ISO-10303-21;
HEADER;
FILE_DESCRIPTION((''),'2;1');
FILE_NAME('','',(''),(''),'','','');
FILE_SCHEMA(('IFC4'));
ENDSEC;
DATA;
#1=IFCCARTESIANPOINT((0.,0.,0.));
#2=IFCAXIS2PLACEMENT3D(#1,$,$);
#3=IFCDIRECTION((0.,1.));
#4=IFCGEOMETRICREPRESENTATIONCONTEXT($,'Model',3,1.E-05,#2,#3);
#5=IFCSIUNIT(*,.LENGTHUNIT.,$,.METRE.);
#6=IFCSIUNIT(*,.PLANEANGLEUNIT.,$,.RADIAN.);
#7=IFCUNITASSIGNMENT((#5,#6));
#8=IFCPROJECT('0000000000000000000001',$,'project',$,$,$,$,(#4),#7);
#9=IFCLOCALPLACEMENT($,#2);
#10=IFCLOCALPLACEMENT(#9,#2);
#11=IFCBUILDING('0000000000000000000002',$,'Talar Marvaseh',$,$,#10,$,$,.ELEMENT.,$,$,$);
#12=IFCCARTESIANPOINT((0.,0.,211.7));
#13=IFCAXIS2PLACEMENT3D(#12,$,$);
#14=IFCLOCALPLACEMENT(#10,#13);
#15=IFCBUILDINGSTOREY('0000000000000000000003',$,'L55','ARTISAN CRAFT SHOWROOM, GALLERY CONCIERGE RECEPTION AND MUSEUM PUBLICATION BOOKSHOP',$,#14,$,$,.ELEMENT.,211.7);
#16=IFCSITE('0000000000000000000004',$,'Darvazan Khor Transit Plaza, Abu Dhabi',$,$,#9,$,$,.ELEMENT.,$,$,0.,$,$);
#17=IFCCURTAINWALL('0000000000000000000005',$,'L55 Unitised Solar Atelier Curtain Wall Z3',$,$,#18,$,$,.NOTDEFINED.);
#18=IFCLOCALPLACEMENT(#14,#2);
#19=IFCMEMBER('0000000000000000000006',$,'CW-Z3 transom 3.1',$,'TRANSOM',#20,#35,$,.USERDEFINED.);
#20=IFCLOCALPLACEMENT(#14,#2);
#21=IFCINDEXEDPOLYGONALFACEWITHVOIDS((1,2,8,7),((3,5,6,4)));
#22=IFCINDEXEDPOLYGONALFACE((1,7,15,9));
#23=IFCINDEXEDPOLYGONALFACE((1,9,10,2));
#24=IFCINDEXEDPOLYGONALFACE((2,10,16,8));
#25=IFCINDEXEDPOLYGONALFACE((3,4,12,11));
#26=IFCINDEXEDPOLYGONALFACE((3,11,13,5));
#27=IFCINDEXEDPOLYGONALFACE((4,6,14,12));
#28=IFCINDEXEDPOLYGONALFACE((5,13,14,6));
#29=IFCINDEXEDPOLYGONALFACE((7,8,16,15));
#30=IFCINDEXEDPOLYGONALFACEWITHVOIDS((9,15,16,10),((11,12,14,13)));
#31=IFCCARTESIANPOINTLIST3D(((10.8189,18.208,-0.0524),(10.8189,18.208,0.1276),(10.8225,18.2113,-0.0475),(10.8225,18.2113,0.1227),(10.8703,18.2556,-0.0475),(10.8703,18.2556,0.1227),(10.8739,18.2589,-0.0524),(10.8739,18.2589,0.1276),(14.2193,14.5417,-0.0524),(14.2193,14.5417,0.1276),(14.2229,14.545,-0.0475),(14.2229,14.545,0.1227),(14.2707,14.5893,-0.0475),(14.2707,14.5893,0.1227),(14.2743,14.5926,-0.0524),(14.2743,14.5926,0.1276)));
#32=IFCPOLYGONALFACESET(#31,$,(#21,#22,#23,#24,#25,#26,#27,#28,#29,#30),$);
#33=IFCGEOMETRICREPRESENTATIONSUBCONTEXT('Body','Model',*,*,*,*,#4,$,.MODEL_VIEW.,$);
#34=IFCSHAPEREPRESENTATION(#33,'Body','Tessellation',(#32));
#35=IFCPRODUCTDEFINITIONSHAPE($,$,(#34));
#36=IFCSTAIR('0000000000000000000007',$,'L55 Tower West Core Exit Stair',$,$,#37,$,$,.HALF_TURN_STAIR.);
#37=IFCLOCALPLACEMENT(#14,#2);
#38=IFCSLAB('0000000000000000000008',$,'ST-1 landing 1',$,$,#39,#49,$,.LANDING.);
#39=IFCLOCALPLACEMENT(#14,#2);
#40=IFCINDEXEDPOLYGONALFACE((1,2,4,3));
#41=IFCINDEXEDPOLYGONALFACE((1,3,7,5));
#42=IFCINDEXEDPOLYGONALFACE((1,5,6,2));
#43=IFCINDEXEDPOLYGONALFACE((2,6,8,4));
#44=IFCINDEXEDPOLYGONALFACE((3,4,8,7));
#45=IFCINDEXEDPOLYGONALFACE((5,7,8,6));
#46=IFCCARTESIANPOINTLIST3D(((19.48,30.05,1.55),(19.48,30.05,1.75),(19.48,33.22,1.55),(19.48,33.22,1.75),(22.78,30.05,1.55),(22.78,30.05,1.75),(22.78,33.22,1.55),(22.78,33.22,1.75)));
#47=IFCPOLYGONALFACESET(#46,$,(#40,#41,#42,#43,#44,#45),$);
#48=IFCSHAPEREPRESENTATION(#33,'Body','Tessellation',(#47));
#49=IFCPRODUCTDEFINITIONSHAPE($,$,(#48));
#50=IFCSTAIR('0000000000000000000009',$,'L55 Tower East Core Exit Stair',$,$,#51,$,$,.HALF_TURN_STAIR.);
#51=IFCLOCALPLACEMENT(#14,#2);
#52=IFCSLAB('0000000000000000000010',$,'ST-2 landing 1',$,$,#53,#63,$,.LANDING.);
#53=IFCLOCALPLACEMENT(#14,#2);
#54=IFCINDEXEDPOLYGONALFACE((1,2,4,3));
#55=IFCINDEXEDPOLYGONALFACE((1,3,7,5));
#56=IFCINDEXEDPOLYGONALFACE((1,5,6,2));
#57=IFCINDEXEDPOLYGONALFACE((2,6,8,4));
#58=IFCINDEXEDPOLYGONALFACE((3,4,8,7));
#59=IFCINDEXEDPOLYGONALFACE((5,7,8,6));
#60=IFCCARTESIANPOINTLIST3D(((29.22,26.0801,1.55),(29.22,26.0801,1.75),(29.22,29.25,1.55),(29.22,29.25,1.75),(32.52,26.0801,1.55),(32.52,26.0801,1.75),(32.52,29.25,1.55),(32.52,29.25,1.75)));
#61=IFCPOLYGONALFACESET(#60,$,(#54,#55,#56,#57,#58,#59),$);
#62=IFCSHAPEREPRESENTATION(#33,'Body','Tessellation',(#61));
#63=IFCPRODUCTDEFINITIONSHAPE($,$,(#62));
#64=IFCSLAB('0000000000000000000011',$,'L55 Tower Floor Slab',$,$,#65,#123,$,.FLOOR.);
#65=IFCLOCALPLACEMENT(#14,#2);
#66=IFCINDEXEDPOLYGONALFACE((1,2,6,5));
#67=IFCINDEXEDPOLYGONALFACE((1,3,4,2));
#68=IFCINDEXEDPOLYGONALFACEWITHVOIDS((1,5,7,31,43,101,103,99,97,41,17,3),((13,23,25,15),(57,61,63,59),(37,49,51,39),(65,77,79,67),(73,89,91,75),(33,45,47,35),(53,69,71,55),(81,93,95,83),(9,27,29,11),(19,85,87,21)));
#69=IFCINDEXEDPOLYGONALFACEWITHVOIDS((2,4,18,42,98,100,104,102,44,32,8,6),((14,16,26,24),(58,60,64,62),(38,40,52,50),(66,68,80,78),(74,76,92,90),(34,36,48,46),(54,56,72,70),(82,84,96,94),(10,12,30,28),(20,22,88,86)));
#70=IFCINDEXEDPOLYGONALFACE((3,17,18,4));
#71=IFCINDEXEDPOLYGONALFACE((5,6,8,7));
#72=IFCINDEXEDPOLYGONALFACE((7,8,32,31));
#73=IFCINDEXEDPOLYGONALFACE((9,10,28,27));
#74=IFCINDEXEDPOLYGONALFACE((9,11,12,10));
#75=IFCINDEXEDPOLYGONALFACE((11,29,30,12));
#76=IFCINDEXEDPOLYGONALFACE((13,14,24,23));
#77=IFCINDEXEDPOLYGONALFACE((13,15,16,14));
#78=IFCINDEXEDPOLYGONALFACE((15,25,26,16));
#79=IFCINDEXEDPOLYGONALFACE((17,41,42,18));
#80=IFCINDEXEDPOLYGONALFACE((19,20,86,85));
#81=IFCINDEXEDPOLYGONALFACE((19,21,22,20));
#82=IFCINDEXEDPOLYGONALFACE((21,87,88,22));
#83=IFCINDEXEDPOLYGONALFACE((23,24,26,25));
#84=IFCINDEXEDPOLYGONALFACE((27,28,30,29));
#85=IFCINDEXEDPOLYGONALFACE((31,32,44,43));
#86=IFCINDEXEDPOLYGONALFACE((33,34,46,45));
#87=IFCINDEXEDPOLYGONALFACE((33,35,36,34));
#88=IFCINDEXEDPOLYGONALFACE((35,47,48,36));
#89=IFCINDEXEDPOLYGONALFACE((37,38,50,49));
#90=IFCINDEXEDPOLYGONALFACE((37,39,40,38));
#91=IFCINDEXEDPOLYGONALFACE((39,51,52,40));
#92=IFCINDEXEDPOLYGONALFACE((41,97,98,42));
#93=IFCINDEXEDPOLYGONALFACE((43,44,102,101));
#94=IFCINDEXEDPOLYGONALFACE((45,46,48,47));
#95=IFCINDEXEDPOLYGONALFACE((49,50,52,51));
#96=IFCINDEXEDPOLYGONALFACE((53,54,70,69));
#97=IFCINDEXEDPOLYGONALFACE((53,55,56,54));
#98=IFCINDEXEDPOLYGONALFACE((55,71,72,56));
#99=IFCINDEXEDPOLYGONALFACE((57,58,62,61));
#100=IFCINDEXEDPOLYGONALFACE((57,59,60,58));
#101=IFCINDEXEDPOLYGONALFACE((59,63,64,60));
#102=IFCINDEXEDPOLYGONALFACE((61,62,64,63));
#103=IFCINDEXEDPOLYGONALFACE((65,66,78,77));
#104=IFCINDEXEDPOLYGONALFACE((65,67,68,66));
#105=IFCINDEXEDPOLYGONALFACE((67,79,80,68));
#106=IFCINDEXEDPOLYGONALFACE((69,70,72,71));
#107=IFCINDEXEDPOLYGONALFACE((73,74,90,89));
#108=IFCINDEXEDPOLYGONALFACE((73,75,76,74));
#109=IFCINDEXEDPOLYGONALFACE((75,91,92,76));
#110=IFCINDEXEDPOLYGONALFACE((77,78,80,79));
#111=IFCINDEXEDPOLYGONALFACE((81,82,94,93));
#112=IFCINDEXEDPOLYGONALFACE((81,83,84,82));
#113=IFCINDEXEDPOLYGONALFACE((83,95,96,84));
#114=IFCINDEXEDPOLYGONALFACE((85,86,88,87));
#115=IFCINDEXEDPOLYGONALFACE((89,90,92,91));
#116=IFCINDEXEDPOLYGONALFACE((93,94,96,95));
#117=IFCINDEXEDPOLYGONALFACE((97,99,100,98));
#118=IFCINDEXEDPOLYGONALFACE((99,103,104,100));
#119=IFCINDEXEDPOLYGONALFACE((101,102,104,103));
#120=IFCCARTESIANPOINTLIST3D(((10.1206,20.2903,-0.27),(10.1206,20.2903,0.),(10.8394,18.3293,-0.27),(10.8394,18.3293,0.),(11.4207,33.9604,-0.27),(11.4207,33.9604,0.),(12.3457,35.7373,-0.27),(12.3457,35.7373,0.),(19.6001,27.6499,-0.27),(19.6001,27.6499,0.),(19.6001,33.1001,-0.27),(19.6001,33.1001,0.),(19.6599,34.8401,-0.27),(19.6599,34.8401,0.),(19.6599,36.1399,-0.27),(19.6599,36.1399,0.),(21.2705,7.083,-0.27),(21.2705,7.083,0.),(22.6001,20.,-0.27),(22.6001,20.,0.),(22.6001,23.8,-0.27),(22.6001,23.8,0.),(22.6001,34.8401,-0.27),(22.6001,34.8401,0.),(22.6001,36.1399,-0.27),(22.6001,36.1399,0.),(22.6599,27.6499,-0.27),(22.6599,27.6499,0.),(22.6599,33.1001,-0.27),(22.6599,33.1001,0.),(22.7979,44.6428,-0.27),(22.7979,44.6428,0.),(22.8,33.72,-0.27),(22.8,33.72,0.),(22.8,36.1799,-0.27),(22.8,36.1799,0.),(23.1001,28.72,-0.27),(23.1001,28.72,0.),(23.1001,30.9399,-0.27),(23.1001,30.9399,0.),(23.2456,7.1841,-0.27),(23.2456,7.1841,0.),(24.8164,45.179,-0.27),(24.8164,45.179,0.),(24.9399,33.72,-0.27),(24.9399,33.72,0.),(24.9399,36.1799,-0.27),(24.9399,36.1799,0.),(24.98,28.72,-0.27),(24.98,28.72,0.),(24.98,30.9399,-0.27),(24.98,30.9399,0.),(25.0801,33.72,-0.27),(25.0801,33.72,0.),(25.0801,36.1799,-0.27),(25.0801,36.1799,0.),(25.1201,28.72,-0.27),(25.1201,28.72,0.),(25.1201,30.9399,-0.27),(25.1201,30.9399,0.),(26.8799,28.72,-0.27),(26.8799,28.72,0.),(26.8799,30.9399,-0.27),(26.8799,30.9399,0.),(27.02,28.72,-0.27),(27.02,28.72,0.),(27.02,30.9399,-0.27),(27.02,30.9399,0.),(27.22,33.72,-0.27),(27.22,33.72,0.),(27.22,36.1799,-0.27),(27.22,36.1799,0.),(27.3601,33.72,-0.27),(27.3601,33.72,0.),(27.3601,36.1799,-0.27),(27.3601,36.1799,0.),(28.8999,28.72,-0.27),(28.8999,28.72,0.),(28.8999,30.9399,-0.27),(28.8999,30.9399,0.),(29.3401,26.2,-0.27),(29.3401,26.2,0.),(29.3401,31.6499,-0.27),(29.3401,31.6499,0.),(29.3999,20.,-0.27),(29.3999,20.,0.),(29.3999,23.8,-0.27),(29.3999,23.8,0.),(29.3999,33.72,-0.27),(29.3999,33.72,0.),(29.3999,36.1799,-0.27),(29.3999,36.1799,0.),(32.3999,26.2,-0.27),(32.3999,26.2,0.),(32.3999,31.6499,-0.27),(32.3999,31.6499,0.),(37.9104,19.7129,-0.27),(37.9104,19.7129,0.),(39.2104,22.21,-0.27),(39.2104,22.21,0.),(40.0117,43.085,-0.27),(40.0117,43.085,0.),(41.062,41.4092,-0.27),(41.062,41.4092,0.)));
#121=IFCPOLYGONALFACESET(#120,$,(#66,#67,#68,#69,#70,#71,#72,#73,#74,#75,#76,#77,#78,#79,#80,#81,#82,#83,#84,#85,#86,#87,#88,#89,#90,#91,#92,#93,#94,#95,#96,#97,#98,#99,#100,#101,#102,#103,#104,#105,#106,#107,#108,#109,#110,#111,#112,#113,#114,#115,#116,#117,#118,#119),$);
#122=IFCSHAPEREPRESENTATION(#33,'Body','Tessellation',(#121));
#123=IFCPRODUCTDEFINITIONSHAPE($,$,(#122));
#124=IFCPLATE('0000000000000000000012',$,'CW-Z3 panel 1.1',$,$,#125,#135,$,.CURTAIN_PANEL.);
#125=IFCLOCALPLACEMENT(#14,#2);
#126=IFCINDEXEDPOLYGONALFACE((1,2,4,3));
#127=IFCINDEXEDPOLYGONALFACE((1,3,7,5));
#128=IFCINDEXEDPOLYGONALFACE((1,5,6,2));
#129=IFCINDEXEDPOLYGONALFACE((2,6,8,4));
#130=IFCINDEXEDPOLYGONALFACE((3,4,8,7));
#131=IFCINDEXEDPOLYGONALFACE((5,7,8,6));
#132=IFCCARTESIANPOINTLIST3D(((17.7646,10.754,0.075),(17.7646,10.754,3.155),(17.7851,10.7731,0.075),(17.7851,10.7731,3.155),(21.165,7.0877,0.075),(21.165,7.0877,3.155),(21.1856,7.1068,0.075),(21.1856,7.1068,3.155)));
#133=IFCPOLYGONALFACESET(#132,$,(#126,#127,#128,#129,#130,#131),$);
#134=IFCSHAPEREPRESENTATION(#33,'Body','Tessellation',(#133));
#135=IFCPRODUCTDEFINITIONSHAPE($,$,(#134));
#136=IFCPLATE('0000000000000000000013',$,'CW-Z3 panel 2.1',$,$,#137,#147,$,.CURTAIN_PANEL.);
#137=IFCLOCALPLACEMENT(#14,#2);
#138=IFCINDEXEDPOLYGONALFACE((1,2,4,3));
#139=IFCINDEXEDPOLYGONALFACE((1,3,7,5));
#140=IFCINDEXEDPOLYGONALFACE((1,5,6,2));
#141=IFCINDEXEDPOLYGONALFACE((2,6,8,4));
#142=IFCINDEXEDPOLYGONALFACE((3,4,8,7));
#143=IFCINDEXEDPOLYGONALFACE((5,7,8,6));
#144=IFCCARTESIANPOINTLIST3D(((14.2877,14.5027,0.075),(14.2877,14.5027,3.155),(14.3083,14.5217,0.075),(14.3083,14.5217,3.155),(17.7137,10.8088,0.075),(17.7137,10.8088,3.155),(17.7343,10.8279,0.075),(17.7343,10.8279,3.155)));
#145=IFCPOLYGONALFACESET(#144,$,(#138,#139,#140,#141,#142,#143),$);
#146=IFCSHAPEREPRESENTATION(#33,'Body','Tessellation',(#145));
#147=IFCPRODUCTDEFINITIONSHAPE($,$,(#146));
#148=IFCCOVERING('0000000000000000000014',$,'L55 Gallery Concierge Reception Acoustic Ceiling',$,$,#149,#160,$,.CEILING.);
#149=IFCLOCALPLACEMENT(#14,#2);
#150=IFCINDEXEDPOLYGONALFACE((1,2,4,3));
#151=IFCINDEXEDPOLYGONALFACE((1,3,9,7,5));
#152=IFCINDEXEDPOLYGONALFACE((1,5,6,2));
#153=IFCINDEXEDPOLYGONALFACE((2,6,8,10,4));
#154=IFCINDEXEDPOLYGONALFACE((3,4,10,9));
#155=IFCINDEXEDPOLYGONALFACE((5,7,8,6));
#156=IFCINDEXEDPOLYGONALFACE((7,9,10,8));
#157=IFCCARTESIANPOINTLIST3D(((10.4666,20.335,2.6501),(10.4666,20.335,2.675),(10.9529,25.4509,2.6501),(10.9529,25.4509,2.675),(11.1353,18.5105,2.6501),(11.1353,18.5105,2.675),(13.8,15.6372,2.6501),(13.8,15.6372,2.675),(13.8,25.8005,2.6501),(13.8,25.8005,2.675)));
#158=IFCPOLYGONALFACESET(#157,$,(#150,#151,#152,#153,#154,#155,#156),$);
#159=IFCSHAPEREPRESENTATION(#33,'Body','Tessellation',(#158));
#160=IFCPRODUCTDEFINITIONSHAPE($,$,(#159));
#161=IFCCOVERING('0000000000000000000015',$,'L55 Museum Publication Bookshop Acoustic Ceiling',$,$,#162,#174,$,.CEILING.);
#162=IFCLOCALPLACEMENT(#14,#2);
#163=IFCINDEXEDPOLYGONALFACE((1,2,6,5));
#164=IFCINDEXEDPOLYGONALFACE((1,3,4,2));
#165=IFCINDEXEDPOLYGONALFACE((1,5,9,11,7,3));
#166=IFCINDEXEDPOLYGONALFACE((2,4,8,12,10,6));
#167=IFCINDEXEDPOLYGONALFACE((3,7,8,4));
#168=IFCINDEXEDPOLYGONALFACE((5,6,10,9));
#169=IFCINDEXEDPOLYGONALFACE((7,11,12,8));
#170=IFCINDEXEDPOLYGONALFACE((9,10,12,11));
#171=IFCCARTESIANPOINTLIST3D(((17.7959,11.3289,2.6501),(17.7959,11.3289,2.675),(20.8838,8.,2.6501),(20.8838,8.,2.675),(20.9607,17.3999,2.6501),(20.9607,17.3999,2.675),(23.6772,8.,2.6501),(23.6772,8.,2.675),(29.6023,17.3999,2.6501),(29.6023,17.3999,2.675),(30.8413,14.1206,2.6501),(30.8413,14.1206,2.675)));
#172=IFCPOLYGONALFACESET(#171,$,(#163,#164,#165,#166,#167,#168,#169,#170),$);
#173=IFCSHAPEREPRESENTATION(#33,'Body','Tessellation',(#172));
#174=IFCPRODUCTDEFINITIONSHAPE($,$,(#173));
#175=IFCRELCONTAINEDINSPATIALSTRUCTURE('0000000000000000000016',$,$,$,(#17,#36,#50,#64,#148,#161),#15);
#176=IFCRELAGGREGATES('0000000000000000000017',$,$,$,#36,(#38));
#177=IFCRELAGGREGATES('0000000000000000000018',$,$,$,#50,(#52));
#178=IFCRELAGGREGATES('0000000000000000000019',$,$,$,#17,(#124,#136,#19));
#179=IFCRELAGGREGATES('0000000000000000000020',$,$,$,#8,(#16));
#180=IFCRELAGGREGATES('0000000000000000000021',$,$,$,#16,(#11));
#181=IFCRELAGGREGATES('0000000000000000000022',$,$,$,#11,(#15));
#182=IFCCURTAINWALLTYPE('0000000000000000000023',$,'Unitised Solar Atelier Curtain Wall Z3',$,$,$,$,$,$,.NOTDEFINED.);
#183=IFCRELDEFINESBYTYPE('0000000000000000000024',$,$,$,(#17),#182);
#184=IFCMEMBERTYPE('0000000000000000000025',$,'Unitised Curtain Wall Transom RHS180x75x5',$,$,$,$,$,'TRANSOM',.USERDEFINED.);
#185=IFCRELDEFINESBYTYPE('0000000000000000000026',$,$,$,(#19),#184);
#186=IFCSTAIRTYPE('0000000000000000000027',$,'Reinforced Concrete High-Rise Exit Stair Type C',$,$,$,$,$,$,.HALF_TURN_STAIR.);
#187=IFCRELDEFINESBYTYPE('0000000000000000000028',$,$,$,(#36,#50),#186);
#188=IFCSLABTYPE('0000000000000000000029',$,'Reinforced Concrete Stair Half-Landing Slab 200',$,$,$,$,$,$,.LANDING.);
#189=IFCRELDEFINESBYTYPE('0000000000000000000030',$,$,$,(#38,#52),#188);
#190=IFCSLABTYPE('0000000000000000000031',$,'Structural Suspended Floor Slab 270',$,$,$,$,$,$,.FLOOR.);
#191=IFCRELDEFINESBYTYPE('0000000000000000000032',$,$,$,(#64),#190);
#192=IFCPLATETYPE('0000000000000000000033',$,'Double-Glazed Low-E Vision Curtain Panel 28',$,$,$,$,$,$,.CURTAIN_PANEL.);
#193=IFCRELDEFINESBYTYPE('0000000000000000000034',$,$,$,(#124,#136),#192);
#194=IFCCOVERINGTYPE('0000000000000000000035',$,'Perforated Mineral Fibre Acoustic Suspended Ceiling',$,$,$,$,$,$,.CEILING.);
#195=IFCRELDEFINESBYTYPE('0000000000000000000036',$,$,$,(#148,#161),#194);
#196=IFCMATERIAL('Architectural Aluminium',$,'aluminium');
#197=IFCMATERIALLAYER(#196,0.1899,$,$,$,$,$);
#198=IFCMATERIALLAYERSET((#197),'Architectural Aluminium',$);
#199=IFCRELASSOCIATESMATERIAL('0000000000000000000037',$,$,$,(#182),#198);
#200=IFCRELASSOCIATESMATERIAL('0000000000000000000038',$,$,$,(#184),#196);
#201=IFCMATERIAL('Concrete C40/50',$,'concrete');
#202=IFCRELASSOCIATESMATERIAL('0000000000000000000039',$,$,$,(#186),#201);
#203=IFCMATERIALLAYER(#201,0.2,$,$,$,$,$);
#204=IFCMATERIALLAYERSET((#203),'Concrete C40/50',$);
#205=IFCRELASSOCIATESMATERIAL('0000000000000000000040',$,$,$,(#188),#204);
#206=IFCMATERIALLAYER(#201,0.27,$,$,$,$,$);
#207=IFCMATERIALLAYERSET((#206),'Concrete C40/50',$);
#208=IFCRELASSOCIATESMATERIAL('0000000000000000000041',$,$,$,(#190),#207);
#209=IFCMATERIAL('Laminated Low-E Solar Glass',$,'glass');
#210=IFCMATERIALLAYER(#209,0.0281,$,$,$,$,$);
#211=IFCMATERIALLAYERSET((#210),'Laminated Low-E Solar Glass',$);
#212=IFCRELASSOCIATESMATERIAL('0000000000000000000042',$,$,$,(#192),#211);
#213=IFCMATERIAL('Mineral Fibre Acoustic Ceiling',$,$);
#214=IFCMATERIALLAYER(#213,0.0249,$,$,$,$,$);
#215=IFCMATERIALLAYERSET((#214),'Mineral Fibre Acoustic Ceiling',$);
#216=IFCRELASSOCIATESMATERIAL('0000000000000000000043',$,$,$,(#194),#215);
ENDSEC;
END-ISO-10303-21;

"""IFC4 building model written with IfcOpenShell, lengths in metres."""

from ifc_helpers import new_model, si_unit, direction, frame, origin, origin_2d, place, context, subcontext, project, spatial, polyline, rectangle, hollow_rectangle, outline, extrude, source, transform, mapped, material, layer, layer_set, material_profile, profile_set, type_object, type_shapes, element, aggregate, save


model = new_model("IFC4")

# Units and contexts
model_context = context("Model", 3, precision=1e-05, world=origin(), true_north=direction((0.0, 1.0)))
body_context = subcontext(model_context, "Body", "Model", "MODEL_VIEW")
ifc_project = project(units=[si_unit("LENGTHUNIT", "METRE"), si_unit("PLANEANGLEUNIT", "RADIAN")], contexts=[model_context])

# Site, building, storey
site_placement = place(None, origin())
site = spatial("IfcSite", under=ifc_project, at=site_placement, Name="Darvazan Khor Transit Plaza, Abu Dhabi", CompositionType="ELEMENT", RefElevation=0.0)
building_placement = place(site_placement, origin())
building = spatial("IfcBuilding", under=site, at=building_placement, Name="Talar Marvaseh", CompositionType="ELEMENT")
storey_placement = place(building_placement, frame((0.0, 0.0, 211.7)))
storey = spatial("IfcBuildingStorey", under=building, at=storey_placement, Name="L55", Description="ARTISAN CRAFT SHOWROOM, GALLERY CONCIERGE RECEPTION AND MUSEUM PUBLICATION BOOKSHOP", CompositionType="ELEMENT", Elevation=211.7)

# Curtain wall, member
ifc_material_1 = material(Name="Architectural Aluminium", Category="aluminium")
ifc_layer_1 = layer(ifc_material_1, 0.1899)
ifc_layer_set_1 = layer_set([ifc_layer_1], Name="Architectural Aluminium")
curtain_wall_type = type_object("IfcCurtainWallType", Name="Unitised Solar Atelier Curtain Wall Z3", PredefinedType="NOTDEFINED", material=ifc_layer_set_1)
curtain_wall_placement = place(storey_placement, origin())
curtain_wall = element("IfcCurtainWall", 1, at=curtain_wall_placement, inside=storey, type_object=curtain_wall_type, Name="L55 Unitised Solar Atelier Curtain Wall Z3", PredefinedType="NOTDEFINED")
ifc_material_profile_1 = material_profile(ifc_material_1, hollow_rectangle(XDim=0.075, YDim=0.1799, WallThickness=0.0049, at=origin_2d()), Name="RHS180x75x5")
ifc_profile_set_1 = profile_set([ifc_material_profile_1], Name="Architectural Aluminium")
member_type_1 = type_object("IfcMemberType", Name="Unitised Curtain Wall Transom RHS180x75x5", ElementType="TRANSOM", PredefinedType="USERDEFINED", material=ifc_profile_set_1)
shared_shape_1 = source(origin(), body_context, "Body", "SweptSolid", [
    extrude(hollow_rectangle(XDim=0.075, YDim=0.1799, WallThickness=0.0049, at=origin_2d()), origin(), (0.0, 0.0, 1.0), 5.0005),
])
member_1_placement = place(storey_placement, frame((14.2468, 14.5671, 0.0376), z_axis=(-0.680022, 0.733192, 0.0), x_axis=(-0.733192, -0.680022, 0.0)))
member_1 = element("IfcMember", 2, at=member_1_placement, type_object=member_type_1, Name="CW-Z3 transom 3.1", ObjectType="TRANSOM", PredefinedType="USERDEFINED", context=body_context, shape_type="MappedRepresentation", body=[
    mapped(shared_shape_1, transform((0.0, 0.0, 0.0), x_axis=(1.0, 0.0, 0.0), y_axis=(0.0, 1.0, 0.0), z_axis=(0.0, 0.0, 1.0), scale=1.0)),
])

# Stairs, slabs
ifc_material_2 = material(Name="Concrete C40/50", Category="concrete")
stair_type = type_object("IfcStairType", Name="Reinforced Concrete High-Rise Exit Stair Type C", PredefinedType="HALF_TURN_STAIR", material=ifc_material_2)
stair_1_placement = place(storey_placement, origin())
stair_1 = element("IfcStair", 3, at=stair_1_placement, inside=storey, type_object=stair_type, Name="L55 Tower West Core Exit Stair", PredefinedType="HALF_TURN_STAIR")
ifc_layer_2 = layer(ifc_material_2, 0.2)
ifc_layer_set_2 = layer_set([ifc_layer_2], Name="Concrete C40/50")
slab_type_1 = type_object("IfcSlabType", Name="Reinforced Concrete Stair Half-Landing Slab 200", PredefinedType="LANDING", material=ifc_layer_set_2)
slab_1_placement = place(storey_placement, frame((0.0, 0.0, 1.55)))
slab_1 = element("IfcSlab", 4, at=slab_1_placement, type_object=slab_type_1, Name="ST-1 landing 1", PredefinedType="LANDING", context=body_context, shape_type="SweptSolid", body=[
    extrude(outline(polyline([(22.78, 30.05), (22.78, 33.22), (19.48, 33.22), (19.48, 30.05), (22.78, 30.05)])), origin(), (0.0, 0.0, 1.0), 0.2),
])
aggregate(stair_1, [slab_1])
stair_2_placement = place(storey_placement, origin())
stair_2 = element("IfcStair", 5, at=stair_2_placement, inside=storey, type_object=stair_type, Name="L55 Tower East Core Exit Stair", PredefinedType="HALF_TURN_STAIR")
slab_2_placement = place(storey_placement, frame((0.0, 0.0, 1.55)))
slab_2 = element("IfcSlab", 6, at=slab_2_placement, type_object=slab_type_1, Name="ST-2 landing 1", PredefinedType="LANDING", context=body_context, shape_type="SweptSolid", body=[
    extrude(outline(polyline([(29.22, 29.25), (29.22, 26.0801), (32.52, 26.0801), (32.52, 29.25), (29.22, 29.25)])), origin(), (0.0, 0.0, 1.0), 0.2),
])
aggregate(stair_2, [slab_2])

# Slab
ifc_layer_3 = layer(ifc_material_2, 0.27)
ifc_layer_set_3 = layer_set([ifc_layer_3], Name="Concrete C40/50")
slab_type_2 = type_object("IfcSlabType", Name="Structural Suspended Floor Slab 270", PredefinedType="FLOOR", material=ifc_layer_set_3)
slab_3_placement = place(storey_placement, frame((0.0, 0.0, -0.27)))
element("IfcSlab", 7, at=slab_3_placement, inside=storey, type_object=slab_type_2, Name="L55 Tower Floor Slab", PredefinedType="FLOOR", context=body_context, shape_type="SweptSolid", body=[
    extrude(outline(polyline([(23.2456, 7.1841), (21.2705, 7.083), (10.8394, 18.3293), (10.1206, 20.2903), (11.4207, 33.9604), (12.3457, 35.7373), (22.7979, 44.6428), (24.8164, 45.179), (40.0117, 43.085), (41.062, 41.4092), (39.2104, 22.21), (37.9104, 19.7129), (23.2456, 7.1841)]), holes=[polyline([(22.6599, 27.6499), (22.6599, 33.1001), (19.6001, 33.1001), (19.6001, 27.6499), (22.6599, 27.6499)]), polyline([(29.3401, 31.6499), (29.3401, 26.2), (32.3999, 26.2), (32.3999, 31.6499), (29.3401, 31.6499)]), polyline([(22.8, 33.72), (24.9399, 33.72), (24.9399, 36.1799), (22.8, 36.1799), (22.8, 33.72)]), polyline([(25.0801, 33.72), (27.22, 33.72), (27.22, 36.1799), (25.0801, 36.1799), (25.0801, 33.72)]), polyline([(27.3601, 33.72), (29.3999, 33.72), (29.3999, 36.1799), (27.3601, 36.1799), (27.3601, 33.72)]), polyline([(23.1001, 28.72), (24.98, 28.72), (24.98, 30.9399), (23.1001, 30.9399), (23.1001, 28.72)]), polyline([(25.1201, 28.72), (26.8799, 28.72), (26.8799, 30.9399), (25.1201, 30.9399), (25.1201, 28.72)]), polyline([(27.02, 28.72), (28.8999, 28.72), (28.8999, 30.9399), (27.02, 30.9399), (27.02, 28.72)]), polyline([(19.6599, 34.8401), (22.6001, 34.8401), (22.6001, 36.1399), (19.6599, 36.1399), (19.6599, 34.8401)]), polyline([(22.6001, 20.0), (29.3999, 20.0), (29.3999, 23.8), (22.6001, 23.8), (22.6001, 20.0)])]), origin(), (0.0, 0.0, 1.0), 0.27),
])

# Plates
ifc_material_3 = material(Name="Laminated Low-E Solar Glass", Category="glass")
ifc_layer_4 = layer(ifc_material_3, 0.0281)
ifc_layer_set_4 = layer_set([ifc_layer_4], Name="Laminated Low-E Solar Glass")
plate_type = type_object("IfcPlateType", Name="Double-Glazed Low-E Vision Curtain Panel 28", PredefinedType="CURTAIN_PANEL", material=ifc_layer_set_4)
shared_shape_2 = source(origin(), body_context, "Body", "SweptSolid", [
    extrude(rectangle(XDim=5.0005, YDim=0.0281, at=origin_2d()), origin(), (0.0, 0.0, 1.0), 3.0801),
])
plate_1_placement = place(storey_placement, frame((19.4751, 8.9304, 0.075), z_axis=(0.0, 0.0, 1.0), x_axis=(-0.680031, 0.733183, 0.0)))
plate_1 = element("IfcPlate", 8, at=plate_1_placement, type_object=plate_type, Name="CW-Z3 panel 1.1", PredefinedType="CURTAIN_PANEL", context=body_context, shape_type="MappedRepresentation", body=[
    mapped(shared_shape_2, transform((0.0, 0.0, 0.0), x_axis=(1.0, 0.0, 0.0), y_axis=(0.0, 1.0, 0.0), z_axis=(0.0, 0.0, 1.0), scale=1.0)),
])
shared_shape_3 = source(origin(), body_context, "Body", "SweptSolid", [
    extrude(rectangle(XDim=5.0381, YDim=0.0281, at=origin_2d()), origin(), (0.0, 0.0, 1.0), 3.0801),
])
type_shapes(plate_type, [shared_shape_2, shared_shape_3])
plate_2_placement = place(storey_placement, frame((16.011, 12.6653, 0.075), z_axis=(0.0, 0.0, 1.0), x_axis=(-0.680031, 0.733183, 0.0)))
plate_2 = element("IfcPlate", 9, at=plate_2_placement, type_object=plate_type, Name="CW-Z3 panel 2.1", PredefinedType="CURTAIN_PANEL", context=body_context, shape_type="MappedRepresentation", body=[
    mapped(shared_shape_3, transform((0.0, 0.0, 0.0), x_axis=(1.0, 0.0, 0.0), y_axis=(0.0, 1.0, 0.0), z_axis=(0.0, 0.0, 1.0), scale=1.0)),
])
aggregate(curtain_wall, [plate_1, plate_2, member_1])

# Coverings
ifc_material_4 = material(Name="Mineral Fibre Acoustic Ceiling")
ifc_layer_5 = layer(ifc_material_4, 0.0249)
ifc_layer_set_5 = layer_set([ifc_layer_5], Name="Mineral Fibre Acoustic Ceiling")
covering_type_1 = type_object("IfcCoveringType", Name="Perforated Mineral Fibre Acoustic Suspended Ceiling", PredefinedType="CEILING", material=ifc_layer_set_5)
covering_1_placement = place(storey_placement, frame((0.0, 0.0, 2.6501)))
element("IfcCovering", 10, at=covering_1_placement, inside=storey, type_object=covering_type_1, Name="L55 Gallery Concierge Reception Acoustic Ceiling", PredefinedType="CEILING", context=body_context, shape_type="SweptSolid", body=[
    extrude(outline(polyline([(13.8, 25.8005), (13.8, 15.6372), (11.1353, 18.5105), (10.4666, 20.335), (10.9529, 25.4509), (13.8, 25.8005)])), origin(), (0.0, 0.0, 1.0), 0.0249),
])
covering_2_placement = place(storey_placement, frame((0.0, 0.0, 2.6501)))
element("IfcCovering", 11, at=covering_2_placement, inside=storey, type_object=covering_type_1, Name="L55 Museum Publication Bookshop Acoustic Ceiling", PredefinedType="CEILING", context=body_context, shape_type="SweptSolid", body=[
    extrude(outline(polyline([(20.9607, 17.3999), (29.6023, 17.3999), (30.8413, 14.1206), (23.6772, 8.0), (20.8838, 8.0), (17.7959, 11.3289), (20.9607, 17.3999)])), origin(), (0.0, 0.0, 1.0), 0.0249),
])

save(model, "model.ifc")
